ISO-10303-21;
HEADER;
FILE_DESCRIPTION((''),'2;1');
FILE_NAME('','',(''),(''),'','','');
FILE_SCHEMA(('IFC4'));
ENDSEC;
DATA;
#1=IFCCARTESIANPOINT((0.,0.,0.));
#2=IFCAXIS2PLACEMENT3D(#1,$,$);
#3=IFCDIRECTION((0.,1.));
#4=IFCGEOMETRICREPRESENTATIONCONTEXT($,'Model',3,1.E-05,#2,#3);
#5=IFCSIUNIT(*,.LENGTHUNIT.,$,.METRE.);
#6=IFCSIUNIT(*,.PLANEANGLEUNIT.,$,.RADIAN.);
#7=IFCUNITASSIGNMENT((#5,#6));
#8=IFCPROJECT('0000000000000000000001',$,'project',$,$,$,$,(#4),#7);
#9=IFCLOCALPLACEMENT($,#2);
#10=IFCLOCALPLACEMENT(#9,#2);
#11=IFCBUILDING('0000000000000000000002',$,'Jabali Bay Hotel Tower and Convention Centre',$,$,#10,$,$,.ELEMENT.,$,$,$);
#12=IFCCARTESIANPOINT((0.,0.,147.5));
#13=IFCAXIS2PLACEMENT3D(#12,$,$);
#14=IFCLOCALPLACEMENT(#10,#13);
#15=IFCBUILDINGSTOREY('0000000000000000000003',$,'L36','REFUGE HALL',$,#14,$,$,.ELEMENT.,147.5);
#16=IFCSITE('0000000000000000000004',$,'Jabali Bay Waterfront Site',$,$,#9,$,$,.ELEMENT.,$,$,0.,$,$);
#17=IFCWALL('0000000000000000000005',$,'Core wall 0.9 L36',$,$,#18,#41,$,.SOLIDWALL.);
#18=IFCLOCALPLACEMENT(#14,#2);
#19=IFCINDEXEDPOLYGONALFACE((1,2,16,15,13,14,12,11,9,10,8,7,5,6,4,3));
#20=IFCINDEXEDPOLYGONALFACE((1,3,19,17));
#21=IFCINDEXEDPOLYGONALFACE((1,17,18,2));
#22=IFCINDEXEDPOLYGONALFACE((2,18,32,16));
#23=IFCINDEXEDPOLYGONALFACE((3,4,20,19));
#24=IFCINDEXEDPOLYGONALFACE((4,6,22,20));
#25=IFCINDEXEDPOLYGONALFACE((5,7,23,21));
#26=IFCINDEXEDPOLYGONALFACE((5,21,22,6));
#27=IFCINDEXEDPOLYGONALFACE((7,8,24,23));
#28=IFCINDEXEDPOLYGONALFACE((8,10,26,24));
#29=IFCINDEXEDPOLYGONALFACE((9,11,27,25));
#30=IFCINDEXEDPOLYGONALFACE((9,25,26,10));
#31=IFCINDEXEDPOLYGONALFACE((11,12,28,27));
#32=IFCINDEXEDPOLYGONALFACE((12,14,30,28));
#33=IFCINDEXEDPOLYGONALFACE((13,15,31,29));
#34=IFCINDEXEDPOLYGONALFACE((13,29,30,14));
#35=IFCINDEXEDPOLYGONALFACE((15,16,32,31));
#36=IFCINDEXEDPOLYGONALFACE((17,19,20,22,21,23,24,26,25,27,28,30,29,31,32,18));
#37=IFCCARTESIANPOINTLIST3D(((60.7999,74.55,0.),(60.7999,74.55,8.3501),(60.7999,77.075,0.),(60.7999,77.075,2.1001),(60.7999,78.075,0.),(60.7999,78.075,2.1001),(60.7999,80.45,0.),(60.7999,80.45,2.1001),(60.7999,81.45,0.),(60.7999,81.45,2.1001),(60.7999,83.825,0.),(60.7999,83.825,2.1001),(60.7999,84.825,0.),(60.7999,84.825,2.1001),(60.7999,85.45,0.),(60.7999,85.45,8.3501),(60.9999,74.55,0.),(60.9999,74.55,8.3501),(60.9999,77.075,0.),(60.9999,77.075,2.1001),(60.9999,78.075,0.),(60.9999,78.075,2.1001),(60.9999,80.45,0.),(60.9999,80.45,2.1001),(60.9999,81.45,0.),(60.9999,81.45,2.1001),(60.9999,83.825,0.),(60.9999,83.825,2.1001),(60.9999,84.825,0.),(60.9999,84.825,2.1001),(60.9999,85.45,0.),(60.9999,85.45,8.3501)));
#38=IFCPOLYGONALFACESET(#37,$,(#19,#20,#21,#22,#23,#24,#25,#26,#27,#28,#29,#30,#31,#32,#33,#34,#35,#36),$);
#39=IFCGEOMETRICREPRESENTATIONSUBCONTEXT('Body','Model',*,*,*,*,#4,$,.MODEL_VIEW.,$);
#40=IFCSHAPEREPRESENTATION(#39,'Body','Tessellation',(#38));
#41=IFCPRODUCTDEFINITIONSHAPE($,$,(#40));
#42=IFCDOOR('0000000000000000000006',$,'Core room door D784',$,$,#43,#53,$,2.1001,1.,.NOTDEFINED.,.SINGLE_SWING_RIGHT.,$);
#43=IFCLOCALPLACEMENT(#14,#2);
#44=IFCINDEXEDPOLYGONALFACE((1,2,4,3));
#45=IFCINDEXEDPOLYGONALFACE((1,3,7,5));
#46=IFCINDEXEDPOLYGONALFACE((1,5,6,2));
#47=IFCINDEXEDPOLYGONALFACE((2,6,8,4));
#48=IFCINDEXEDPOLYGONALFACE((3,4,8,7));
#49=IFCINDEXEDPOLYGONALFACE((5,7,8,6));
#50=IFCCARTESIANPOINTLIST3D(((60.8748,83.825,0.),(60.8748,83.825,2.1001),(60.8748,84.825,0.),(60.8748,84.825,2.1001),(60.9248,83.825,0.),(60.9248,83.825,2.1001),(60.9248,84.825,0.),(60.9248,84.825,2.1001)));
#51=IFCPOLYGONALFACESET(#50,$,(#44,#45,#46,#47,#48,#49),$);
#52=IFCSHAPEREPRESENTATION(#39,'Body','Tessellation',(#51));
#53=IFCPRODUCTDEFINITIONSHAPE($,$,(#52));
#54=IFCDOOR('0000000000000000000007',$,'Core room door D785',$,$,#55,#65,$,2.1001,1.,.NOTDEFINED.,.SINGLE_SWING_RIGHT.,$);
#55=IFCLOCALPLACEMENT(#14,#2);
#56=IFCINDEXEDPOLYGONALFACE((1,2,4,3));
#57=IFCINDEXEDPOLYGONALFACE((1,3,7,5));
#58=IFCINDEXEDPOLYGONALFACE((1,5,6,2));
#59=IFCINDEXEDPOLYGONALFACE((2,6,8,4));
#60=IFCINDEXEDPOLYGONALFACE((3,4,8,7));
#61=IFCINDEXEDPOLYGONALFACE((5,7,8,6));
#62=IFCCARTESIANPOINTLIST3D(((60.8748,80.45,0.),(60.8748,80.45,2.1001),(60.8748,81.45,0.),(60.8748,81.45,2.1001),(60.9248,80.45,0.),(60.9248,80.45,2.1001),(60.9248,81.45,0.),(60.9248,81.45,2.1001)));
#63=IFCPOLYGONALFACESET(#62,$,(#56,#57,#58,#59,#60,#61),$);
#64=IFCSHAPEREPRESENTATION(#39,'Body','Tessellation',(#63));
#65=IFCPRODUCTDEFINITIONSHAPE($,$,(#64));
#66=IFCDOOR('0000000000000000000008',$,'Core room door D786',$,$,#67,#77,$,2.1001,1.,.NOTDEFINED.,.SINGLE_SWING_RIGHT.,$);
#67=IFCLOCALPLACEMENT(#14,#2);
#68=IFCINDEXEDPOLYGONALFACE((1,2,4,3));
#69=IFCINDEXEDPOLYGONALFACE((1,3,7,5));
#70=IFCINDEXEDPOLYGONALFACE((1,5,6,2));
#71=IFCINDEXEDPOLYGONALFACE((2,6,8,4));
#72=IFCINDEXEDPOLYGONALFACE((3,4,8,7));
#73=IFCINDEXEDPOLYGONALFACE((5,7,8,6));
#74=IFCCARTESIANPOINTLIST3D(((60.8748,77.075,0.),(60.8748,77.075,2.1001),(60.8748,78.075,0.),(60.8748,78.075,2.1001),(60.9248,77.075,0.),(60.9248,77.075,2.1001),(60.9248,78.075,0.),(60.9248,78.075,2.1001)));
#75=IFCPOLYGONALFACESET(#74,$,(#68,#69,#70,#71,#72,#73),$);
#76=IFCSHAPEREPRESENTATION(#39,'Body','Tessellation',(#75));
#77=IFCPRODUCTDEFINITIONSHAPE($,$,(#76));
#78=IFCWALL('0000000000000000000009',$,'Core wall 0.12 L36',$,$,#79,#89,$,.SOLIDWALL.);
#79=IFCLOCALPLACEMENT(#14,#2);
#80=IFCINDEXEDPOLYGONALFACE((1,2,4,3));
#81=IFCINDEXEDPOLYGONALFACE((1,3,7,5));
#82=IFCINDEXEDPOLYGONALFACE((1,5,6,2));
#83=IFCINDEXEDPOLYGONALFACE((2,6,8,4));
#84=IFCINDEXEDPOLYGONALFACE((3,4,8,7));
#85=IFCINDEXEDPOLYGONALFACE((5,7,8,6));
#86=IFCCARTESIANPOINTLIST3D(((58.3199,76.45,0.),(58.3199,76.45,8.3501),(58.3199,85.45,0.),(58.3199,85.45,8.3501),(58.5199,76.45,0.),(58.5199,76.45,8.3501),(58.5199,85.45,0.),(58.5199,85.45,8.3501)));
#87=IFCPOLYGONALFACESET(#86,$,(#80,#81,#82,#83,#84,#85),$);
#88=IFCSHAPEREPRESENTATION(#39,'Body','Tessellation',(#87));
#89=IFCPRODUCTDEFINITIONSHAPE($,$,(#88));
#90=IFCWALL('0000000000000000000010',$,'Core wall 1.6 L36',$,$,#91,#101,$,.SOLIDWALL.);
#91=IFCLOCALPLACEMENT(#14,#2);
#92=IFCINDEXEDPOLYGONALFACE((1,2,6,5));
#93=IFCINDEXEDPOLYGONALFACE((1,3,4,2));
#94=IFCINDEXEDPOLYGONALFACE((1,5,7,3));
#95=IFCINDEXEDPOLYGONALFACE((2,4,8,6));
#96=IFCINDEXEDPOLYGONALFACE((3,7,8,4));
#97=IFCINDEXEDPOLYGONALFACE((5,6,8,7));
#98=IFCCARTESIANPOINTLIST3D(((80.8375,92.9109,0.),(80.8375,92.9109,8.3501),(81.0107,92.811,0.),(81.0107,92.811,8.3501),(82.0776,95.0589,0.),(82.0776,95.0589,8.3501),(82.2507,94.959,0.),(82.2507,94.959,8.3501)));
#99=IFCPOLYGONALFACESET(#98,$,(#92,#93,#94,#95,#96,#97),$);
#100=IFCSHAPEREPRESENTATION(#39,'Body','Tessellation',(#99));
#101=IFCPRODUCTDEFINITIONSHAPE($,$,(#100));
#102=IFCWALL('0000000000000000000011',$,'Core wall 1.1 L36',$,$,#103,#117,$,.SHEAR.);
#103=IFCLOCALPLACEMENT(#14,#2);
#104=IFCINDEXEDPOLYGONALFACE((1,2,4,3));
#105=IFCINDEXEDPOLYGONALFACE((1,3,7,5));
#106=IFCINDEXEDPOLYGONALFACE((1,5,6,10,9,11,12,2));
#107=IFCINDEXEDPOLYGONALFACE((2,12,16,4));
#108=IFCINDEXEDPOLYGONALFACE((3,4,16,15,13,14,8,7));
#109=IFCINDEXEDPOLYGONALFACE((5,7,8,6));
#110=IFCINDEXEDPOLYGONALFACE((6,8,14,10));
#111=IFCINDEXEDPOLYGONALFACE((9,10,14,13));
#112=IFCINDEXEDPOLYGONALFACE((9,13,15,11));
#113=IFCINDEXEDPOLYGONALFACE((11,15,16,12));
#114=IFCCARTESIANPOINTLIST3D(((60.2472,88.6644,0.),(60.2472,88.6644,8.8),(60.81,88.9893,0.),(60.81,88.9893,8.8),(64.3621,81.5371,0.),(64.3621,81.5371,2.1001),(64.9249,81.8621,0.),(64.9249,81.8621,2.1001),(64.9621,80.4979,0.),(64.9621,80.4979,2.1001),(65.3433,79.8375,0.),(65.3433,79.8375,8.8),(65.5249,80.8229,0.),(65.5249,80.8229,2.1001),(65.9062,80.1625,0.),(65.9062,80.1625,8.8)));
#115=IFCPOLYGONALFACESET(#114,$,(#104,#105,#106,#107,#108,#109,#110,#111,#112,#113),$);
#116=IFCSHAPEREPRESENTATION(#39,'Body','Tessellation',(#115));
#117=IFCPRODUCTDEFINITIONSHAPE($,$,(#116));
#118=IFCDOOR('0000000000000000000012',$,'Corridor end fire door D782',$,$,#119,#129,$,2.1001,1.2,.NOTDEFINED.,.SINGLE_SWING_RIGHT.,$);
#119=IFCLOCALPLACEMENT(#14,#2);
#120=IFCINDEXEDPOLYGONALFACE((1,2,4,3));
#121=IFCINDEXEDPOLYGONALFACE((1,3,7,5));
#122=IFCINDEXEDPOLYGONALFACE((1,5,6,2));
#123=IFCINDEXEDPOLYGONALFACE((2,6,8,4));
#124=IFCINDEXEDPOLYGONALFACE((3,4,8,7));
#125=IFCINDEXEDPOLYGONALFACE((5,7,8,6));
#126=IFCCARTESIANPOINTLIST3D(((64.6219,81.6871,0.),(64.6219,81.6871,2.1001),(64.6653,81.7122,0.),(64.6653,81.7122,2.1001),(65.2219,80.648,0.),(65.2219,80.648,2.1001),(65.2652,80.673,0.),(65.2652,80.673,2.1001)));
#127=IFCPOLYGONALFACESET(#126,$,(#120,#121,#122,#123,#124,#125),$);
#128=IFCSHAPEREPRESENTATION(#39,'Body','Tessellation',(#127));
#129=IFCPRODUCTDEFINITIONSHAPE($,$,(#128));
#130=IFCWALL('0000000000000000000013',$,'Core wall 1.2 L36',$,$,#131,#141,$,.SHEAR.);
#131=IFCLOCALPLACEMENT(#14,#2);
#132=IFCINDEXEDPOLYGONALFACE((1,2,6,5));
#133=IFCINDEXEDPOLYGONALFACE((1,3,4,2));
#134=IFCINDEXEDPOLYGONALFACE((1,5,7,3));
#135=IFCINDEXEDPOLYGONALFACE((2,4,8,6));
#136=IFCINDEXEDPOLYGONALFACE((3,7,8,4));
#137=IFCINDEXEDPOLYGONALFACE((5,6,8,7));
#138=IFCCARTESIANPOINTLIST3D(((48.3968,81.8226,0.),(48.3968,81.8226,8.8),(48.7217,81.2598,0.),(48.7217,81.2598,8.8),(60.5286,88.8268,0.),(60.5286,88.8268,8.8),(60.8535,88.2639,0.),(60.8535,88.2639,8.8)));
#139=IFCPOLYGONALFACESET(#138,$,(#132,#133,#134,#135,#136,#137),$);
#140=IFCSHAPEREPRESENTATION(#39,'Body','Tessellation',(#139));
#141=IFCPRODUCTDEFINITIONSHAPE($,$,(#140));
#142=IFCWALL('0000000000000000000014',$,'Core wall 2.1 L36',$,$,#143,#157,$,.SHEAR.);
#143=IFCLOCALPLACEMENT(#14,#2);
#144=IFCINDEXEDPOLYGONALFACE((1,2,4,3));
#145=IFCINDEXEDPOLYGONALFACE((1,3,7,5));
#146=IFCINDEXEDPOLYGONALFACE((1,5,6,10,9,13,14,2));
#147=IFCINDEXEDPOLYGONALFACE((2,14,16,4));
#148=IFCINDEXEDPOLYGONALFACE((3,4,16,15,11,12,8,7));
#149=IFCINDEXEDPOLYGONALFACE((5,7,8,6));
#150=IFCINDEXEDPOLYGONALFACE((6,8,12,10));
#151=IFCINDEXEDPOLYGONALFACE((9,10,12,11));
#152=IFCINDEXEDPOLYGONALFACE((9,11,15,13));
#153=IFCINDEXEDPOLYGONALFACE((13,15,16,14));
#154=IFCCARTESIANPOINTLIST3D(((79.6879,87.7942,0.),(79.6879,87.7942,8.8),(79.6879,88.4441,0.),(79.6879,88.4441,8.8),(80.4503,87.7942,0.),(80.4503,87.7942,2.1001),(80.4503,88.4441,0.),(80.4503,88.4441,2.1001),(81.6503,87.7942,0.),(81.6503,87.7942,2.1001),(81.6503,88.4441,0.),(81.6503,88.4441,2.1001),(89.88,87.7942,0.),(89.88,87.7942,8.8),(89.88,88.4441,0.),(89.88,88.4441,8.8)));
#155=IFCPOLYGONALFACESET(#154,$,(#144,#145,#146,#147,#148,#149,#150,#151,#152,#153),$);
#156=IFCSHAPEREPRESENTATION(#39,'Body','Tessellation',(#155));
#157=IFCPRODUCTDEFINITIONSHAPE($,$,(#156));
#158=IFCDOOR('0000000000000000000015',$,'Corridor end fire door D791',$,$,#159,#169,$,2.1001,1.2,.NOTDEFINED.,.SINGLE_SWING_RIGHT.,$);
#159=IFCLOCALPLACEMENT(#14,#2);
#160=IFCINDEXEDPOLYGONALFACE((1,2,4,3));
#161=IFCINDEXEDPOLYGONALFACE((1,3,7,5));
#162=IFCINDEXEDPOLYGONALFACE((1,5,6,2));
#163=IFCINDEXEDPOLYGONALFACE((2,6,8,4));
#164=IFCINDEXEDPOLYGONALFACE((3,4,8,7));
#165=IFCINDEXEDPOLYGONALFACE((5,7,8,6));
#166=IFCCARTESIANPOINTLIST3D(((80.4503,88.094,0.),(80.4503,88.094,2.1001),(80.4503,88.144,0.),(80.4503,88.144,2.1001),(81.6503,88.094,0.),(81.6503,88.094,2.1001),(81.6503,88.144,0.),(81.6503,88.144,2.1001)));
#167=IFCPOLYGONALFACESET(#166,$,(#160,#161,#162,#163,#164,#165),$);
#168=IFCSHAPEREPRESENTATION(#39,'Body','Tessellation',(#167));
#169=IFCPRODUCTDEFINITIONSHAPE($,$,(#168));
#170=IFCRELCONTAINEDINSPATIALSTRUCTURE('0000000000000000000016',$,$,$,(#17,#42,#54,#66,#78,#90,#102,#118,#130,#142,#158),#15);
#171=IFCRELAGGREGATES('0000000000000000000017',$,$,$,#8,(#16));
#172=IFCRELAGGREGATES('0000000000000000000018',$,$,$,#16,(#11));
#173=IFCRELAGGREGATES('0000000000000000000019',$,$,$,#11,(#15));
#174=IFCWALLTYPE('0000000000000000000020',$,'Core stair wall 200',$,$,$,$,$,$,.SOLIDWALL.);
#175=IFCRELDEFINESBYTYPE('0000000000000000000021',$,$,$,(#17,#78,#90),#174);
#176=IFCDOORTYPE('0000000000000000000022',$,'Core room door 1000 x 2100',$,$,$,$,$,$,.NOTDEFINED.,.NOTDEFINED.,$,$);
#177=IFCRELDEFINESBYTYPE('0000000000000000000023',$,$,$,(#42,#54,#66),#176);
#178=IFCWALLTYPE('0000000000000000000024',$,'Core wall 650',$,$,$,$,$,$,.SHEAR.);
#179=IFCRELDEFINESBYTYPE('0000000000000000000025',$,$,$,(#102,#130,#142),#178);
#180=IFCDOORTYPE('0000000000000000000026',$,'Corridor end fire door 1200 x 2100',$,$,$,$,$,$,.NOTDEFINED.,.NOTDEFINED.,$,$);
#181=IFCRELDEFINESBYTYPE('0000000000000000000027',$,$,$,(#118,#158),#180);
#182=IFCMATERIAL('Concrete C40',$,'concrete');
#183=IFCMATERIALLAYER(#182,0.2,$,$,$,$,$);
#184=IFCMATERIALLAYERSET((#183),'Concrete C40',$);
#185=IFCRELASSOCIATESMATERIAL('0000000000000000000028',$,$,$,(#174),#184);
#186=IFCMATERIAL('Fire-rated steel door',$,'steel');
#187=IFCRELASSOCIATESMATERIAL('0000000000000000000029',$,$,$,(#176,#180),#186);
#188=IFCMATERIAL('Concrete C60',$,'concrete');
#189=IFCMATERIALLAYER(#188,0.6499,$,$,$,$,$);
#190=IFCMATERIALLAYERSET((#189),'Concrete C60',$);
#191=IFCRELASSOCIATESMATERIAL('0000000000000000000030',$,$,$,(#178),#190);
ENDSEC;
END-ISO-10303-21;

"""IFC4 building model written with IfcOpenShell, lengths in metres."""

from ifc_helpers import new_model, si_unit, direction, frame, frame_2d, origin, place, context, subcontext, project, spatial, rectangle, extrude, material, layer, layer_set, type_object, element, fill, save


model = new_model("IFC4")

# Units and contexts
model_context = context("Model", 3, precision=1e-05, world=origin(), true_north=direction((0.0, 1.0)))
body_context = subcontext(model_context, "Body", "Model", "MODEL_VIEW")
ifc_project = project(units=[si_unit("LENGTHUNIT", "METRE"), si_unit("PLANEANGLEUNIT", "RADIAN")], contexts=[model_context])

# Site, building, storey
site_placement = place(None, origin())
site = spatial("IfcSite", under=ifc_project, at=site_placement, Name="Jabali Bay Waterfront Site", CompositionType="ELEMENT", RefElevation=0.0)
building_placement = place(site_placement, origin())
building = spatial("IfcBuilding", under=site, at=building_placement, Name="Jabali Bay Hotel Tower and Convention Centre", CompositionType="ELEMENT")
storey_placement = place(building_placement, frame((0.0, 0.0, 147.5)))
storey = spatial("IfcBuildingStorey", under=building, at=storey_placement, Name="L36", Description="REFUGE HALL", CompositionType="ELEMENT", Elevation=147.5)

# Shared definitions
ifc_material_1 = material(Name="Concrete C40", Category="concrete")
ifc_material_2 = material(Name="Fire-rated steel door", Category="steel")

# Shared definitions
ifc_layer_1 = layer(ifc_material_1, 0.2)
ifc_layer_set_1 = layer_set([ifc_layer_1], Name="Concrete C40")
wall_type_1 = type_object("IfcWallType", Name="Core stair wall 200", PredefinedType="SOLIDWALL", material=ifc_layer_set_1)

# Wall, openings, doors
wall_1_placement = place(storey_placement, frame((60.8999, 85.45, 0.0), z_axis=(0.0, 0.0, 1.0), x_axis=(0.0, -1.0, 0.0)))
wall_1 = element("IfcWall", 1, at=wall_1_placement, inside=storey, type_object=wall_type_1, Name="Core wall 0.9 L36", PredefinedType="SOLIDWALL", context=body_context, shape_type="SweptSolid", body=[
    extrude(rectangle(XDim=10.8999, YDim=0.2, at=frame_2d((5.45, 0.0))), origin(), (0.0, 0.0, 1.0), 8.3501),
])
opening_1_placement = place(wall_1_placement, frame((0.625, 0.0, 0.0)))
opening_1 = element("IfcOpeningElement", 2, at=opening_1_placement, cuts=wall_1, PredefinedType="OPENING", context=body_context, shape_type="SweptSolid", body=[
    extrude(rectangle(XDim=1.0, YDim=2.1001, at=frame_2d((0.5, 1.05))), frame((0.0, 0.1104, 0.0), z_axis=(0.0, -1.0, 0.0), x_axis=(1.0, 0.0, 0.0)), (0.0, 0.0, 1.0), 0.2209),
])
opening_2_placement = place(wall_1_placement, frame((4.0, 0.0, 0.0)))
opening_2 = element("IfcOpeningElement", 3, at=opening_2_placement, cuts=wall_1, PredefinedType="OPENING", context=body_context, shape_type="SweptSolid", body=[
    extrude(rectangle(XDim=1.0, YDim=2.1001, at=frame_2d((0.5, 1.05))), frame((0.0, 0.1104, 0.0), z_axis=(0.0, -1.0, 0.0), x_axis=(1.0, 0.0, 0.0)), (0.0, 0.0, 1.0), 0.2209),
])
opening_3_placement = place(wall_1_placement, frame((7.375, 0.0, 0.0)))
opening_3 = element("IfcOpeningElement", 4, at=opening_3_placement, cuts=wall_1, PredefinedType="OPENING", context=body_context, shape_type="SweptSolid", body=[
    extrude(rectangle(XDim=1.0, YDim=2.1001, at=frame_2d((0.5, 1.05))), frame((0.0, 0.1104, 0.0), z_axis=(0.0, -1.0, 0.0), x_axis=(1.0, 0.0, 0.0)), (0.0, 0.0, 1.0), 0.2209),
])
door_type_1 = type_object("IfcDoorType", Name="Core room door 1000 x 2100", OperationType="NOTDEFINED", PredefinedType="NOTDEFINED", material=ifc_material_2)
door_1_placement = place(opening_1_placement, origin())
door_1 = element("IfcDoor", 5, at=door_1_placement, inside=storey, type_object=door_type_1, Name="Core room door D784", OperationType="SINGLE_SWING_RIGHT", OverallHeight=2.1001, OverallWidth=1.0, PredefinedType="NOTDEFINED", context=body_context, shape_type="SweptSolid", body=[
    extrude(rectangle(XDim=1.0, YDim=2.1001, at=frame_2d((0.5, 1.05))), frame((0.0, 0.0249, 0.0), z_axis=(0.0, -1.0, 0.0), x_axis=(1.0, 0.0, 0.0)), (0.0, 0.0, 1.0), 0.05),
])
fill(opening_1, door_1)
door_2_placement = place(opening_2_placement, origin())
door_2 = element("IfcDoor", 6, at=door_2_placement, inside=storey, type_object=door_type_1, Name="Core room door D785", OperationType="SINGLE_SWING_RIGHT", OverallHeight=2.1001, OverallWidth=1.0, PredefinedType="NOTDEFINED", context=body_context, shape_type="SweptSolid", body=[
    extrude(rectangle(XDim=1.0, YDim=2.1001, at=frame_2d((0.5, 1.05))), frame((0.0, 0.0249, 0.0), z_axis=(0.0, -1.0, 0.0), x_axis=(1.0, 0.0, 0.0)), (0.0, 0.0, 1.0), 0.05),
])
fill(opening_2, door_2)
door_3_placement = place(opening_3_placement, origin())
door_3 = element("IfcDoor", 7, at=door_3_placement, inside=storey, type_object=door_type_1, Name="Core room door D786", OperationType="SINGLE_SWING_RIGHT", OverallHeight=2.1001, OverallWidth=1.0, PredefinedType="NOTDEFINED", context=body_context, shape_type="SweptSolid", body=[
    extrude(rectangle(XDim=1.0, YDim=2.1001, at=frame_2d((0.5, 1.05))), frame((0.0, 0.0249, 0.0), z_axis=(0.0, -1.0, 0.0), x_axis=(1.0, 0.0, 0.0)), (0.0, 0.0, 1.0), 0.05),
])
fill(opening_3, door_3)

# Walls
wall_2_placement = place(storey_placement, frame((58.4199, 85.45, 0.0), z_axis=(0.0, 0.0, 1.0), x_axis=(0.0, -1.0, 0.0)))
element("IfcWall", 8, at=wall_2_placement, inside=storey, type_object=wall_type_1, Name="Core wall 0.12 L36", PredefinedType="SOLIDWALL", context=body_context, shape_type="SweptSolid", body=[
    extrude(rectangle(XDim=9.0, YDim=0.2, at=frame_2d((4.5, 0.0))), origin(), (0.0, 0.0, 1.0), 8.3501),
])
wall_3_placement = place(storey_placement, frame((80.9241, 92.8608, 0.0), z_axis=(0.0, 0.0, 1.0), x_axis=(0.499961, 0.866048, 0.0)))
element("IfcWall", 9, at=wall_3_placement, inside=storey, type_object=wall_type_1, Name="Core wall 1.6 L36", PredefinedType="SOLIDWALL", context=body_context, shape_type="SweptSolid", body=[
    extrude(rectangle(XDim=2.4802, YDim=0.2, at=frame_2d((1.2402, 0.0))), origin(), (0.0, 0.0, 1.0), 8.3501),
])

# Wall, opening, door
ifc_material_3 = material(Name="Concrete C60", Category="concrete")
ifc_layer_2 = layer(ifc_material_3, 0.6499)
ifc_layer_set_2 = layer_set([ifc_layer_2], Name="Concrete C60")
wall_type_2 = type_object("IfcWallType", Name="Core wall 650", PredefinedType="SHEAR", material=ifc_layer_set_2)
wall_4_placement = place(storey_placement, frame((65.6248, 80.0, 0.0), z_axis=(0.0, 0.0, 1.0), x_axis=(-0.499998, 0.866026, 0.0)))
wall_4 = element("IfcWall", 10, at=wall_4_placement, inside=storey, type_object=wall_type_2, Name="Core wall 1.1 L36", PredefinedType="SHEAR", context=body_context, shape_type="SweptSolid", body=[
    extrude(rectangle(XDim=10.1924, YDim=0.6499, at=frame_2d((5.0962, 0.0))), origin(), (0.0, 0.0, 1.0), 8.8),
])
opening_4_placement = place(wall_4_placement, frame((0.7625, 0.0, 0.0)))
opening_4 = element("IfcOpeningElement", 11, at=opening_4_placement, cuts=wall_4, PredefinedType="OPENING", context=body_context, shape_type="SweptSolid", body=[
    extrude(rectangle(XDim=1.2, YDim=2.1001, at=frame_2d((0.6001, 1.05))), frame((0.0, 0.3354, 0.0), z_axis=(0.0, -1.0, 0.0), x_axis=(1.0, 0.0, 0.0)), (0.0, 0.0, 1.0), 0.6709),
])
door_type_2 = type_object("IfcDoorType", Name="Corridor end fire door 1200 x 2100", OperationType="NOTDEFINED", PredefinedType="NOTDEFINED", material=ifc_material_2)
door_4_placement = place(opening_4_placement, origin())
door_4 = element("IfcDoor", 12, at=door_4_placement, inside=storey, type_object=door_type_2, Name="Corridor end fire door D782", OperationType="SINGLE_SWING_RIGHT", OverallHeight=2.1001, OverallWidth=1.2, PredefinedType="NOTDEFINED", context=body_context, shape_type="SweptSolid", body=[
    extrude(rectangle(XDim=1.2, YDim=2.1001, at=frame_2d((0.6001, 1.05))), frame((0.0, 0.0249, 0.0), z_axis=(0.0, -1.0, 0.0), x_axis=(1.0, 0.0, 0.0)), (0.0, 0.0, 1.0), 0.05),
])
fill(opening_4, door_4)

# Wall
wall_5_placement = place(storey_placement, frame((60.6912, 88.5454, 0.0), z_axis=(0.0, 0.0, 1.0), x_axis=(-0.866031, -0.499991, 0.0)))
element("IfcWall", 13, at=wall_5_placement, inside=storey, type_object=wall_type_2, Name="Core wall 1.2 L36", PredefinedType="SHEAR", context=body_context, shape_type="SweptSolid", body=[
    extrude(rectangle(XDim=14.0085, YDim=0.6499, at=frame_2d((7.0044, 0.0))), origin(), (0.0, 0.0, 1.0), 8.8),
])

# Wall, opening, door
wall_6_placement = place(storey_placement, frame((79.6877, 88.1191, 0.0), z_axis=(0.0, 0.0, 1.0), x_axis=(1.0, 0.0, 0.0)))
wall_6 = element("IfcWall", 14, at=wall_6_placement, inside=storey, type_object=wall_type_2, Name="Core wall 2.1 L36", PredefinedType="SHEAR", context=body_context, shape_type="SweptSolid", body=[
    extrude(rectangle(XDim=10.1921, YDim=0.6499, at=frame_2d((5.0962, 0.0))), origin(), (0.0, 0.0, 1.0), 8.8),
])
opening_5_placement = place(wall_6_placement, frame((0.7625, 0.0, 0.0)))
opening_5 = element("IfcOpeningElement", 15, at=opening_5_placement, cuts=wall_6, PredefinedType="OPENING", context=body_context, shape_type="SweptSolid", body=[
    extrude(rectangle(XDim=1.2, YDim=2.1001, at=frame_2d((0.6001, 1.05))), frame((0.0, 0.3354, 0.0), z_axis=(0.0, -1.0, 0.0), x_axis=(1.0, 0.0, 0.0)), (0.0, 0.0, 1.0), 0.6709),
])
door_5_placement = place(opening_5_placement, origin())
door_5 = element("IfcDoor", 16, at=door_5_placement, inside=storey, type_object=door_type_2, Name="Corridor end fire door D791", OperationType="SINGLE_SWING_RIGHT", OverallHeight=2.1001, OverallWidth=1.2, PredefinedType="NOTDEFINED", context=body_context, shape_type="SweptSolid", body=[
    extrude(rectangle(XDim=1.2, YDim=2.1001, at=frame_2d((0.6001, 1.05))), frame((0.0, 0.0249, 0.0), z_axis=(0.0, -1.0, 0.0), x_axis=(1.0, 0.0, 0.0)), (0.0, 0.0, 1.0), 0.05),
])
fill(opening_5, door_5)

save(model, "model.ifc")
